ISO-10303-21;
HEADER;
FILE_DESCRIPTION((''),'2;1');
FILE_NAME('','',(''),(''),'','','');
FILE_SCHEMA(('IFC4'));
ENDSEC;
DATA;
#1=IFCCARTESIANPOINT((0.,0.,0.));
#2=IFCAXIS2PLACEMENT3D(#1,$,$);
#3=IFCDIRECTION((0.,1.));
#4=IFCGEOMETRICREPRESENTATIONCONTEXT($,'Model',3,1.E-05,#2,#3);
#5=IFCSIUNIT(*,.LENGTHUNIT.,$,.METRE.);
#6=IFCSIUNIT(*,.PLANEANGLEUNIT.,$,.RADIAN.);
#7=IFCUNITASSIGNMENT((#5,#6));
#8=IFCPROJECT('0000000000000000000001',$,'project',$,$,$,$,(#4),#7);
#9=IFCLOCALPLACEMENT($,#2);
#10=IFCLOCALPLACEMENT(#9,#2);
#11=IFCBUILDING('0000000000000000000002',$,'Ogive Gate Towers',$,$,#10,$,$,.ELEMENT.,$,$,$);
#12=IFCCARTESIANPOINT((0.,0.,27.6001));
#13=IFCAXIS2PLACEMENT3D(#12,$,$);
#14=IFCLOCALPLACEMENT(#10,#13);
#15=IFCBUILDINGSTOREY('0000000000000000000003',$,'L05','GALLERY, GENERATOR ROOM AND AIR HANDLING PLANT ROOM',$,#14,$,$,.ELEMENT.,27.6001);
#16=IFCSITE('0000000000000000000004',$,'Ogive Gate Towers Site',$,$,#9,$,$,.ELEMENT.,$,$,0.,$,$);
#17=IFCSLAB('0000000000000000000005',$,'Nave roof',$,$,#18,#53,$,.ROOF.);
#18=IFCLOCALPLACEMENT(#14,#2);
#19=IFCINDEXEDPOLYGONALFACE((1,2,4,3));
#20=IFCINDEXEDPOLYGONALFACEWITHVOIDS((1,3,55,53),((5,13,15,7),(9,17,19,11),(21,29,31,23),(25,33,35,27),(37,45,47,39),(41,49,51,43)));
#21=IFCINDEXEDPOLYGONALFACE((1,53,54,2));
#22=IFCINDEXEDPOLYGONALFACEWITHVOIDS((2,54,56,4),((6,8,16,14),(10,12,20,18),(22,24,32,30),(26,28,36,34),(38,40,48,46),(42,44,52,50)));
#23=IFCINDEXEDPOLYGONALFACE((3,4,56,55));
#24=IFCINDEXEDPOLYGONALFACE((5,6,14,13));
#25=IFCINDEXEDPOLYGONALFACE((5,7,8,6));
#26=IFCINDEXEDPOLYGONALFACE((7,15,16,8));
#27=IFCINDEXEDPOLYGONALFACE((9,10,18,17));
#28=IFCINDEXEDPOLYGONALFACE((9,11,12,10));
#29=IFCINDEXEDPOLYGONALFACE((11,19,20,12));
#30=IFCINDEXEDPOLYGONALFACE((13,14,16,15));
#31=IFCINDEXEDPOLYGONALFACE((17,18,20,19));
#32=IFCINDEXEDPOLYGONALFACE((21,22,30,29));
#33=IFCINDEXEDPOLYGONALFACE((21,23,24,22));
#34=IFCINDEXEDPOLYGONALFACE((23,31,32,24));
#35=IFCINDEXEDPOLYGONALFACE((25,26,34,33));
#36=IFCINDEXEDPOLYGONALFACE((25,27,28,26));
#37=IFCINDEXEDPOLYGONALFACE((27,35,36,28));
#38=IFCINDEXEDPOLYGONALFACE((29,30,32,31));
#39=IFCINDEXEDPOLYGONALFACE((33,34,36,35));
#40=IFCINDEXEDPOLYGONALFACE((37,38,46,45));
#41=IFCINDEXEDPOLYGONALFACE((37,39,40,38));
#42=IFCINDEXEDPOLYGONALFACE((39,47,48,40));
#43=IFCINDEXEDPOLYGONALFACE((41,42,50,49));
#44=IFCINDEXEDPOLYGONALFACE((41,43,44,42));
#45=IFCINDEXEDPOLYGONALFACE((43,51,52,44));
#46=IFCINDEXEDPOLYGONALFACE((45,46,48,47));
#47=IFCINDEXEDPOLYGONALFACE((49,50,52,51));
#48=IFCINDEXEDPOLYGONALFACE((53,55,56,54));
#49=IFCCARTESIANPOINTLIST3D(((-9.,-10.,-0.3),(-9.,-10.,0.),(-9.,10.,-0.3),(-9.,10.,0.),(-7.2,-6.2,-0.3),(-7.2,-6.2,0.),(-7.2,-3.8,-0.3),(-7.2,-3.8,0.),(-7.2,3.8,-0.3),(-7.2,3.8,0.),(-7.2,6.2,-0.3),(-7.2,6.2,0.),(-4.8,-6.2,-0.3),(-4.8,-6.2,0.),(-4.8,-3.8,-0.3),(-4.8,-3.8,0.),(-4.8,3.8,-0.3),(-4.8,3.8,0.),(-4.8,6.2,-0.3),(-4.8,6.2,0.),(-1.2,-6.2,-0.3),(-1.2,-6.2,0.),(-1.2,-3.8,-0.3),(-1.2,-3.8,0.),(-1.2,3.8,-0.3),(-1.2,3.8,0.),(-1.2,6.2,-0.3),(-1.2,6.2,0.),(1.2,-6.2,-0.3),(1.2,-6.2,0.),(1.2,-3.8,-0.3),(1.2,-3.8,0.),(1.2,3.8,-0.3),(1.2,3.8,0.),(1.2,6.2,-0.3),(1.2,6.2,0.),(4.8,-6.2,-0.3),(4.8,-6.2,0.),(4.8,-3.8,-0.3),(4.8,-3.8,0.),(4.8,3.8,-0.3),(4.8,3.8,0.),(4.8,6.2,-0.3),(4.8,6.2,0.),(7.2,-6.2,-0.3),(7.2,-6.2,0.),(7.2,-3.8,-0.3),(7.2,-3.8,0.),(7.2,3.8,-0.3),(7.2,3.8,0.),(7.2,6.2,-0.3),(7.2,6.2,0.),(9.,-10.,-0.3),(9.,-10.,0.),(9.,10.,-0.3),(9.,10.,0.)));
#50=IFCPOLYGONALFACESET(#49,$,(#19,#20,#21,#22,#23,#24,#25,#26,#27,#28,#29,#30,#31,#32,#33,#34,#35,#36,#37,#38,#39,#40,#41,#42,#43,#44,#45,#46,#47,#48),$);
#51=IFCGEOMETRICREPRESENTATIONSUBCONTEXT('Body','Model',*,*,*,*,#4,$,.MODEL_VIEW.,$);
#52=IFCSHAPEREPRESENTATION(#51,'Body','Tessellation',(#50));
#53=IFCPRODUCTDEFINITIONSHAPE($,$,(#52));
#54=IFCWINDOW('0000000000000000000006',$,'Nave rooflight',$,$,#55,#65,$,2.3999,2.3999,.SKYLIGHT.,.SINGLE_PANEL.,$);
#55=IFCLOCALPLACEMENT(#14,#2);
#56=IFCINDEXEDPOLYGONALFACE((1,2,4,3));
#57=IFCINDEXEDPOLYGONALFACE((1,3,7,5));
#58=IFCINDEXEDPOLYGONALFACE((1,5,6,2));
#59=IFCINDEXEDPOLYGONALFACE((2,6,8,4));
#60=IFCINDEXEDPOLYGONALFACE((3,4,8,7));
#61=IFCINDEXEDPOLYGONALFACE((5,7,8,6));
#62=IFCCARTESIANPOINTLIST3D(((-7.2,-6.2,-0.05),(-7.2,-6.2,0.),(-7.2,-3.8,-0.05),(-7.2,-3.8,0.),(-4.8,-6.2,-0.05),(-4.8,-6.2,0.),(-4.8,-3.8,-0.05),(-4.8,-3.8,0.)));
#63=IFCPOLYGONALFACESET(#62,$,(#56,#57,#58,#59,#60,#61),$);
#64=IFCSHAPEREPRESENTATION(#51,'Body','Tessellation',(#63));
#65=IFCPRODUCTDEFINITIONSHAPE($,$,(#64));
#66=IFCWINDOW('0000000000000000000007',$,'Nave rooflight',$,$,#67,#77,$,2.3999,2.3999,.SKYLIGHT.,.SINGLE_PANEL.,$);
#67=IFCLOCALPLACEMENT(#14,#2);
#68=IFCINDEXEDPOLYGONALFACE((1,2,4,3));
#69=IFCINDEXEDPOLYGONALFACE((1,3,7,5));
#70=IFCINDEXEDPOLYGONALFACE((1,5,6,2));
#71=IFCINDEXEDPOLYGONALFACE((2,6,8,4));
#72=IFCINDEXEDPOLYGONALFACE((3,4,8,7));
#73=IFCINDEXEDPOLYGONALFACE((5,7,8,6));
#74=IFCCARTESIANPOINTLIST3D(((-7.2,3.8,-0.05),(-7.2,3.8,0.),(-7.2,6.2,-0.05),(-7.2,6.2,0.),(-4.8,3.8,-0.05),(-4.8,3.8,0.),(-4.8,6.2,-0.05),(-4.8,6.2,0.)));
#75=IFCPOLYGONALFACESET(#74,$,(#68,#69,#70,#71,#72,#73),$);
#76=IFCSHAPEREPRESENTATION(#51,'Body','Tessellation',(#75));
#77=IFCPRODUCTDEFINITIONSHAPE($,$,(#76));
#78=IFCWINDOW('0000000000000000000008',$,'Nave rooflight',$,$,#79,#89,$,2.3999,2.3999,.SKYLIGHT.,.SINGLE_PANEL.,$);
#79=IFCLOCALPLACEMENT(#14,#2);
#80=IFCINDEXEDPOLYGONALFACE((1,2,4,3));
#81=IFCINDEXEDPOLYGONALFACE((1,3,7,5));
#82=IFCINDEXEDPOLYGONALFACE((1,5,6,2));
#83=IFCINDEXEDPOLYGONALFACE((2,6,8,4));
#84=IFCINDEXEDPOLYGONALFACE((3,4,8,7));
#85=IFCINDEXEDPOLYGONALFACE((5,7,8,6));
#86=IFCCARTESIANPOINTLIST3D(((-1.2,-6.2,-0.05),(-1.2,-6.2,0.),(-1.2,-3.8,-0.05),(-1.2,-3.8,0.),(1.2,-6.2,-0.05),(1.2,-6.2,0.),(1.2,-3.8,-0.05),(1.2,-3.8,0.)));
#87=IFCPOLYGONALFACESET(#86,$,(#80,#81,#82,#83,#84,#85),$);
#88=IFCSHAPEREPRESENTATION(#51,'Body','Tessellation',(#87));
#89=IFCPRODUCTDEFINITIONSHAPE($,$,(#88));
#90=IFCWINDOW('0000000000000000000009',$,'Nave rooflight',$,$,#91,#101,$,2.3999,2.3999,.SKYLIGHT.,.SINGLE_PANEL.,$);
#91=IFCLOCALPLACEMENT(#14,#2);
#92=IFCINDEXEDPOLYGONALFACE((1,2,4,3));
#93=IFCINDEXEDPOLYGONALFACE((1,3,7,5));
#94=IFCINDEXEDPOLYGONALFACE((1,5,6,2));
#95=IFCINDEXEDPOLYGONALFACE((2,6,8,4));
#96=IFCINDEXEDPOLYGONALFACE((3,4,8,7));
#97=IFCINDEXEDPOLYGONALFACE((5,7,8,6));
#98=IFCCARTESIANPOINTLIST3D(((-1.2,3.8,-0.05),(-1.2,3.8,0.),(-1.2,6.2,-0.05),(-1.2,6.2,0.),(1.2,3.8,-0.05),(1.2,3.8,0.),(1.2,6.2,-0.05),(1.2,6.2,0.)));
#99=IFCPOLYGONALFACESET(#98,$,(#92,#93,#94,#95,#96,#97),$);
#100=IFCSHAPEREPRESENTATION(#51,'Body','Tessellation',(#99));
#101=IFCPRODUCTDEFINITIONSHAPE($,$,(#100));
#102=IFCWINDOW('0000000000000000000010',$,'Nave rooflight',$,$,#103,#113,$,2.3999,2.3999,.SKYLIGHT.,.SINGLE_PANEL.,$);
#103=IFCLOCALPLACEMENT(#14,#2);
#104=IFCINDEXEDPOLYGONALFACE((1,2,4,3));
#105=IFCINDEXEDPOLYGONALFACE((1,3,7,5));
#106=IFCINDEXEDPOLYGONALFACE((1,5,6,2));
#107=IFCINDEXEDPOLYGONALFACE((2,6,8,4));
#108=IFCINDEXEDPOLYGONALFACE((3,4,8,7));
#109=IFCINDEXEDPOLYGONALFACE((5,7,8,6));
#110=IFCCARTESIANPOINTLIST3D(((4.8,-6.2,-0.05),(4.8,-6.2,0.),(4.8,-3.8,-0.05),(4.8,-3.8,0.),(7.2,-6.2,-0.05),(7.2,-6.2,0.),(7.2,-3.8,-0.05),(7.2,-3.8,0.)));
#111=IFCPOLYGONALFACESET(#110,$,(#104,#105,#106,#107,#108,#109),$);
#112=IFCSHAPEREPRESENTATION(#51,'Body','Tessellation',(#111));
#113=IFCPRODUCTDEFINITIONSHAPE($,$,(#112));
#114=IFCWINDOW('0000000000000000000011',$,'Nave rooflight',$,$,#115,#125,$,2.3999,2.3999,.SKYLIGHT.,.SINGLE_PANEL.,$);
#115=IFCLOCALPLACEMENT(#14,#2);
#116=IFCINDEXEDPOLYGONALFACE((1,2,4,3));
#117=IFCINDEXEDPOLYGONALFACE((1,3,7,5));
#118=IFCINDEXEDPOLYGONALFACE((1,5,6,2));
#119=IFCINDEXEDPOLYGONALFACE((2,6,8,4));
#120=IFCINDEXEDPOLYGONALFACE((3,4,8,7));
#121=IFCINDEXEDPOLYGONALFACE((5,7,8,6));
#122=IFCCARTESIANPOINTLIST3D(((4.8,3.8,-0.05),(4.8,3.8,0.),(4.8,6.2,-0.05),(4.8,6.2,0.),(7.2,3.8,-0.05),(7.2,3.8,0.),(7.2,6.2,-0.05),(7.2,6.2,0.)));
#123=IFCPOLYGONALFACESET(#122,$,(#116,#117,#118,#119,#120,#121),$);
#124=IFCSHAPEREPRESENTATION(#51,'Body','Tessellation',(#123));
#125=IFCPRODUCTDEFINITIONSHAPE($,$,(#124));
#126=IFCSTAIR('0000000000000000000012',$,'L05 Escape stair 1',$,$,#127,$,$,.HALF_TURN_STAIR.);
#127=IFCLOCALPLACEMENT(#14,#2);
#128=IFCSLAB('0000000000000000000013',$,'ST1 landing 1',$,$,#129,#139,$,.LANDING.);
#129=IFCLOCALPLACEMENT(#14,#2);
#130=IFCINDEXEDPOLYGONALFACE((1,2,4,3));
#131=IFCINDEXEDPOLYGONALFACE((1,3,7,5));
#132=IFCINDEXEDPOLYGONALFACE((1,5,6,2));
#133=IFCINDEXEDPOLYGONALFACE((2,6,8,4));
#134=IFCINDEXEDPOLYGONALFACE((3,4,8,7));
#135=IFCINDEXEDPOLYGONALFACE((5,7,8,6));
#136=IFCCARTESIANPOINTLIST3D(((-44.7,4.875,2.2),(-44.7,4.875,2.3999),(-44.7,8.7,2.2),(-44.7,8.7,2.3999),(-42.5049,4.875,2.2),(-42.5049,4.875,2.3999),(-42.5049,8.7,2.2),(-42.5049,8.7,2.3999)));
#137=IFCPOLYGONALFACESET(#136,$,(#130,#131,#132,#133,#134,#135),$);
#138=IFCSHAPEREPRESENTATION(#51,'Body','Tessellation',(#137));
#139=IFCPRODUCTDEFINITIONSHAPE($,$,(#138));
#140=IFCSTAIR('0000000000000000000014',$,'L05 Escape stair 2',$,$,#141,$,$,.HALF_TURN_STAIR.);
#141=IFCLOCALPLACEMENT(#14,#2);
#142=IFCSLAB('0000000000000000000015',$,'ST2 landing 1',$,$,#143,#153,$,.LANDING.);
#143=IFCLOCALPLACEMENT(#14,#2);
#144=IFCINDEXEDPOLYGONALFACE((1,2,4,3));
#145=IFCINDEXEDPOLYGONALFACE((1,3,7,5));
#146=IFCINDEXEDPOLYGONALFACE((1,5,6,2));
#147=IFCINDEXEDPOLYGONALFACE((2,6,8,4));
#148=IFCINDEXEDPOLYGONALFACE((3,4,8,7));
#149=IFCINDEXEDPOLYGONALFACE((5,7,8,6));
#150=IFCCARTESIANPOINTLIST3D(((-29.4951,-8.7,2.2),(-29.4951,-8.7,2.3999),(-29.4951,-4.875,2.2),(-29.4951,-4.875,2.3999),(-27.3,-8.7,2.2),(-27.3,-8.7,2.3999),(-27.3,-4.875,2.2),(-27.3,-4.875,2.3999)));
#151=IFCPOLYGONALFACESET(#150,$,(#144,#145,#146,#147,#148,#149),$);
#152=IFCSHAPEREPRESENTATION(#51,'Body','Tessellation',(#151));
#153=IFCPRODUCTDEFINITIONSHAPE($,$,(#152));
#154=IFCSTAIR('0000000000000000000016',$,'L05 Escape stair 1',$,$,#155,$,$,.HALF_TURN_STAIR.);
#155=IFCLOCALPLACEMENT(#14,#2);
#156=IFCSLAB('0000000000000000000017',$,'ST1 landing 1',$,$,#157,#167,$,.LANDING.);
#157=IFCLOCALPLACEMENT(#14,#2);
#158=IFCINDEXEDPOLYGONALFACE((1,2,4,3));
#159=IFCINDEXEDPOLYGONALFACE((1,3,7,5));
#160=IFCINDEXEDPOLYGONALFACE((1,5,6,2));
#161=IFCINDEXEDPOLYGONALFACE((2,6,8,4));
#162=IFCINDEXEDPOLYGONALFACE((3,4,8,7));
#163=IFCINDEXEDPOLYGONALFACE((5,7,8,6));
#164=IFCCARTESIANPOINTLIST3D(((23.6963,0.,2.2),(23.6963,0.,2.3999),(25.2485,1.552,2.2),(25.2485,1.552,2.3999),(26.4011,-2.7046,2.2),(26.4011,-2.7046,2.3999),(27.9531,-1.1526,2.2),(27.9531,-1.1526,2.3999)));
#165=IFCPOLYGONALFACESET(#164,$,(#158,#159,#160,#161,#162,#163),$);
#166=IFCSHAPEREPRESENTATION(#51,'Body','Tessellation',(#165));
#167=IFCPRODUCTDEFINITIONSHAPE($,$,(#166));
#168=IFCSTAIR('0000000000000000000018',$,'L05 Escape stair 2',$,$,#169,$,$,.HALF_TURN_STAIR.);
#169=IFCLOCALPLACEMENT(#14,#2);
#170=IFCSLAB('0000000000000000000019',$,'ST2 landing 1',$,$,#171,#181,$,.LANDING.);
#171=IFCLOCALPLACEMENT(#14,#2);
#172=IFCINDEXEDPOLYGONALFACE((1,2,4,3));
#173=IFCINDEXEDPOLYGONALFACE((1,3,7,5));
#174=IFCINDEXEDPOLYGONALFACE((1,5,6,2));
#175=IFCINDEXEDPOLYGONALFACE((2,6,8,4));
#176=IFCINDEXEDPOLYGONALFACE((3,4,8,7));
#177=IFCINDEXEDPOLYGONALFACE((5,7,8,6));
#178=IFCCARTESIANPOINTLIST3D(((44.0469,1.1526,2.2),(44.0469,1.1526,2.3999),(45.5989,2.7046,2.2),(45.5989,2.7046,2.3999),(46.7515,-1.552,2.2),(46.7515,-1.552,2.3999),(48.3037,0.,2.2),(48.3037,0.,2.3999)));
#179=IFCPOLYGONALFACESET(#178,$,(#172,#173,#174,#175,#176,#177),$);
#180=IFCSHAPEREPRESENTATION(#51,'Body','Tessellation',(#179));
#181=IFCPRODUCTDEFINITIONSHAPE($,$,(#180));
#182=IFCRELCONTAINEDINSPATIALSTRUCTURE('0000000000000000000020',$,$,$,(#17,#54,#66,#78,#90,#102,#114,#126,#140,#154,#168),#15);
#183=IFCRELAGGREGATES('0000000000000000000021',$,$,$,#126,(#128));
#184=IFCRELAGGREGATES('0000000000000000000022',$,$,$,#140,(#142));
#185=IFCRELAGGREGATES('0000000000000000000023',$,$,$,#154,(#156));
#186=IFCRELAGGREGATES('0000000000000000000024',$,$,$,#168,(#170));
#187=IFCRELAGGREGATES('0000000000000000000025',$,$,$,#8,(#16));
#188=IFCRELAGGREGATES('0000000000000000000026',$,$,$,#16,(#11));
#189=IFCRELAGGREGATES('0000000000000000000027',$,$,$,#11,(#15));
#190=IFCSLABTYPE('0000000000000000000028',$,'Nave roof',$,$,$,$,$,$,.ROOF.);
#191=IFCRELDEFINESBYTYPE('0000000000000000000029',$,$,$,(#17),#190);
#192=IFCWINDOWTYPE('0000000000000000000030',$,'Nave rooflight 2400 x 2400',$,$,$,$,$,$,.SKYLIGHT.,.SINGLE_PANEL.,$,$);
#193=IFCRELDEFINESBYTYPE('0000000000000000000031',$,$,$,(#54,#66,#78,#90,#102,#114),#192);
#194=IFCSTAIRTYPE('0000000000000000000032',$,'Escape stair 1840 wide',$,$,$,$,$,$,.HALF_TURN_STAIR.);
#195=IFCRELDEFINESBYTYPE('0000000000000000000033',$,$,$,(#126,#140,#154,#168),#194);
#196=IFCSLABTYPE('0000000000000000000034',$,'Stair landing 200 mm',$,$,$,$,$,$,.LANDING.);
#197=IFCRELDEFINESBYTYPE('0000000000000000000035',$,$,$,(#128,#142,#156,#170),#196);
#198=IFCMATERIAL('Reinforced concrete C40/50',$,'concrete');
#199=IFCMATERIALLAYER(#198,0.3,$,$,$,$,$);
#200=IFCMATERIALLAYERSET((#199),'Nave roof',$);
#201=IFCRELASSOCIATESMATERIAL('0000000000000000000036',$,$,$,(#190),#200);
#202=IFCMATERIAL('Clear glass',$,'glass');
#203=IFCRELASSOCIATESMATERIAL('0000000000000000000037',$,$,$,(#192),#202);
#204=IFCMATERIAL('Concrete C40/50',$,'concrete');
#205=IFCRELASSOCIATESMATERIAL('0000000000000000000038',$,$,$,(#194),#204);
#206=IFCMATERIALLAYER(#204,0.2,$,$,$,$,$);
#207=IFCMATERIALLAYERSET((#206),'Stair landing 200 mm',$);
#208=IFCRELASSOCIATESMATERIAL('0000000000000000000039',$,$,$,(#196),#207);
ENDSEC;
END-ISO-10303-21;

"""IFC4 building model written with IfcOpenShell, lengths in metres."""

from ifc_helpers import new_model, si_unit, direction, frame, origin, origin_2d, place, context, subcontext, project, spatial, polyline, rectangle, outline, extrude, material, layer, layer_set, type_object, element, fill, aggregate, save


model = new_model("IFC4")

# Units and contexts
model_context = context("Model", 3, precision=1e-05, world=origin(), true_north=direction((0.0, 1.0)))
body_context = subcontext(model_context, "Body", "Model", "MODEL_VIEW")
ifc_project = project(units=[si_unit("LENGTHUNIT", "METRE"), si_unit("PLANEANGLEUNIT", "RADIAN")], contexts=[model_context])

# Site, building, storey
site_placement = place(None, origin())
site = spatial("IfcSite", under=ifc_project, at=site_placement, Name="Ogive Gate Towers Site", CompositionType="ELEMENT", RefElevation=0.0)
building_placement = place(site_placement, origin())
building = spatial("IfcBuilding", under=site, at=building_placement, Name="Ogive Gate Towers", CompositionType="ELEMENT")
storey_placement = place(building_placement, frame((0.0, 0.0, 27.6001)))
storey = spatial("IfcBuildingStorey", under=building, at=storey_placement, Name="L05", Description="GALLERY, GENERATOR ROOM AND AIR HANDLING PLANT ROOM", CompositionType="ELEMENT", Elevation=27.6001)

# Shared definitions
ifc_material_1 = material(Name="Concrete C40/50", Category="concrete")

# Slab, openings, windows
ifc_material_2 = material(Name="Reinforced concrete C40/50", Category="concrete")
ifc_layer_1 = layer(ifc_material_2, 0.3)
ifc_layer_set_1 = layer_set([ifc_layer_1], Name="Nave roof")
slab_type_1 = type_object("IfcSlabType", Name="Nave roof", PredefinedType="ROOF", material=ifc_layer_set_1)
slab_1_placement = place(storey_placement, frame((0.0, 0.0, -0.3)))
slab_1 = element("IfcSlab", 1, at=slab_1_placement, inside=storey, type_object=slab_type_1, Name="Nave roof", PredefinedType="ROOF", context=body_context, shape_type="SweptSolid", body=[
    extrude(outline(polyline([(-9.0, -10.0), (9.0, -10.0), (9.0, 10.0), (-9.0, 10.0), (-9.0, -10.0)])), origin(), (0.0, 0.0, 1.0), 0.3),
])
opening_1_placement = place(slab_1_placement, frame((-6.0, -5.0, -0.01)))
opening_1 = element("IfcOpeningElement", 2, at=opening_1_placement, cuts=slab_1, PredefinedType="OPENING", context=body_context, shape_type="SweptSolid", body=[
    extrude(rectangle(XDim=2.3999, YDim=2.3999, at=origin_2d()), origin(), (0.0, 0.0, 1.0), 0.3201),
])
opening_2_placement = place(slab_1_placement, frame((-6.0, 5.0, -0.01)))
opening_2 = element("IfcOpeningElement", 3, at=opening_2_placement, cuts=slab_1, PredefinedType="OPENING", context=body_context, shape_type="SweptSolid", body=[
    extrude(rectangle(XDim=2.3999, YDim=2.3999, at=origin_2d()), origin(), (0.0, 0.0, 1.0), 0.3201),
])
opening_3_placement = place(slab_1_placement, frame((0.0, -5.0, -0.01)))
opening_3 = element("IfcOpeningElement", 4, at=opening_3_placement, cuts=slab_1, PredefinedType="OPENING", context=body_context, shape_type="SweptSolid", body=[
    extrude(rectangle(XDim=2.3999, YDim=2.3999, at=origin_2d()), origin(), (0.0, 0.0, 1.0), 0.3201),
])
opening_4_placement = place(slab_1_placement, frame((0.0, 5.0, -0.01)))
opening_4 = element("IfcOpeningElement", 5, at=opening_4_placement, cuts=slab_1, PredefinedType="OPENING", context=body_context, shape_type="SweptSolid", body=[
    extrude(rectangle(XDim=2.3999, YDim=2.3999, at=origin_2d()), origin(), (0.0, 0.0, 1.0), 0.3201),
])
opening_5_placement = place(slab_1_placement, frame((6.0, -5.0, -0.01)))
opening_5 = element("IfcOpeningElement", 6, at=opening_5_placement, cuts=slab_1, PredefinedType="OPENING", context=body_context, shape_type="SweptSolid", body=[
    extrude(rectangle(XDim=2.3999, YDim=2.3999, at=origin_2d()), origin(), (0.0, 0.0, 1.0), 0.3201),
])
opening_6_placement = place(slab_1_placement, frame((6.0, 5.0, -0.01)))
opening_6 = element("IfcOpeningElement", 7, at=opening_6_placement, cuts=slab_1, PredefinedType="OPENING", context=body_context, shape_type="SweptSolid", body=[
    extrude(rectangle(XDim=2.3999, YDim=2.3999, at=origin_2d()), origin(), (0.0, 0.0, 1.0), 0.3201),
])
ifc_material_3 = material(Name="Clear glass", Category="glass")
window_type = type_object("IfcWindowType", Name="Nave rooflight 2400 x 2400", PartitioningType="SINGLE_PANEL", PredefinedType="SKYLIGHT", material=ifc_material_3)
window_1_placement = place(opening_1_placement, frame((0.0, 0.0, 0.26)))
window_1 = element("IfcWindow", 8, at=window_1_placement, inside=storey, type_object=window_type, Name="Nave rooflight", OverallHeight=2.3999, OverallWidth=2.3999, PartitioningType="SINGLE_PANEL", PredefinedType="SKYLIGHT", context=body_context, shape_type="SweptSolid", body=[
    extrude(rectangle(XDim=2.3999, YDim=2.3999, at=origin_2d()), origin(), (0.0, 0.0, 1.0), 0.05),
])
fill(opening_1, window_1)
window_2_placement = place(opening_2_placement, frame((0.0, 0.0, 0.26)))
window_2 = element("IfcWindow", 9, at=window_2_placement, inside=storey, type_object=window_type, Name="Nave rooflight", OverallHeight=2.3999, OverallWidth=2.3999, PartitioningType="SINGLE_PANEL", PredefinedType="SKYLIGHT", context=body_context, shape_type="SweptSolid", body=[
    extrude(rectangle(XDim=2.3999, YDim=2.3999, at=origin_2d()), origin(), (0.0, 0.0, 1.0), 0.05),
])
fill(opening_2, window_2)
window_3_placement = place(opening_3_placement, frame((0.0, 0.0, 0.26)))
window_3 = element("IfcWindow", 10, at=window_3_placement, inside=storey, type_object=window_type, Name="Nave rooflight", OverallHeight=2.3999, OverallWidth=2.3999, PartitioningType="SINGLE_PANEL", PredefinedType="SKYLIGHT", context=body_context, shape_type="SweptSolid", body=[
    extrude(rectangle(XDim=2.3999, YDim=2.3999, at=origin_2d()), origin(), (0.0, 0.0, 1.0), 0.05),
])
fill(opening_3, window_3)
window_4_placement = place(opening_4_placement, frame((0.0, 0.0, 0.26)))
window_4 = element("IfcWindow", 11, at=window_4_placement, inside=storey, type_object=window_type, Name="Nave rooflight", OverallHeight=2.3999, OverallWidth=2.3999, PartitioningType="SINGLE_PANEL", PredefinedType="SKYLIGHT", context=body_context, shape_type="SweptSolid", body=[
    extrude(rectangle(XDim=2.3999, YDim=2.3999, at=origin_2d()), origin(), (0.0, 0.0, 1.0), 0.05),
])
fill(opening_4, window_4)
window_5_placement = place(opening_5_placement, frame((0.0, 0.0, 0.26)))
window_5 = element("IfcWindow", 12, at=window_5_placement, inside=storey, type_object=window_type, Name="Nave rooflight", OverallHeight=2.3999, OverallWidth=2.3999, PartitioningType="SINGLE_PANEL", PredefinedType="SKYLIGHT", context=body_context, shape_type="SweptSolid", body=[
    extrude(rectangle(XDim=2.3999, YDim=2.3999, at=origin_2d()), origin(), (0.0, 0.0, 1.0), 0.05),
])
fill(opening_5, window_5)
window_6_placement = place(opening_6_placement, frame((0.0, 0.0, 0.26)))
window_6 = element("IfcWindow", 13, at=window_6_placement, inside=storey, type_object=window_type, Name="Nave rooflight", OverallHeight=2.3999, OverallWidth=2.3999, PartitioningType="SINGLE_PANEL", PredefinedType="SKYLIGHT", context=body_context, shape_type="SweptSolid", body=[
    extrude(rectangle(XDim=2.3999, YDim=2.3999, at=origin_2d()), origin(), (0.0, 0.0, 1.0), 0.05),
])
fill(opening_6, window_6)

# Stairs, slabs
stair_type = type_object("IfcStairType", Name="Escape stair 1840 wide", PredefinedType="HALF_TURN_STAIR", material=ifc_material_1)
stair_1_placement = place(storey_placement, origin())
stair_1 = element("IfcStair", 14, at=stair_1_placement, inside=storey, type_object=stair_type, Name="L05 Escape stair 1", PredefinedType="HALF_TURN_STAIR")
ifc_layer_2 = layer(ifc_material_1, 0.2)
ifc_layer_set_2 = layer_set([ifc_layer_2], Name="Stair landing 200 mm")
slab_type_2 = type_object("IfcSlabType", Name="Stair landing 200 mm", PredefinedType="LANDING", material=ifc_layer_set_2)
slab_2_placement = place(storey_placement, frame((0.0, 0.0, 2.2)))
slab_2 = element("IfcSlab", 15, at=slab_2_placement, type_object=slab_type_2, Name="ST1 landing 1", PredefinedType="LANDING", context=body_context, shape_type="SweptSolid", body=[
    extrude(outline(polyline([(-42.5049, 8.7), (-44.7, 8.7), (-44.7, 4.875), (-42.5049, 4.875), (-42.5049, 8.7)])), origin(), (0.0, 0.0, 1.0), 0.2),
])
aggregate(stair_1, [slab_2])
stair_2_placement = place(storey_placement, origin())
stair_2 = element("IfcStair", 16, at=stair_2_placement, inside=storey, type_object=stair_type, Name="L05 Escape stair 2", PredefinedType="HALF_TURN_STAIR")
slab_3_placement = place(storey_placement, frame((0.0, 0.0, 2.2)))
slab_3 = element("IfcSlab", 17, at=slab_3_placement, type_object=slab_type_2, Name="ST2 landing 1", PredefinedType="LANDING", context=body_context, shape_type="SweptSolid", body=[
    extrude(outline(polyline([(-29.4951, -8.7), (-27.3, -8.7), (-27.3, -4.875), (-29.4951, -4.875), (-29.4951, -8.7)])), origin(), (0.0, 0.0, 1.0), 0.2),
])
aggregate(stair_2, [slab_3])
stair_3_placement = place(storey_placement, origin())
stair_3 = element("IfcStair", 18, at=stair_3_placement, inside=storey, type_object=stair_type, Name="L05 Escape stair 1", PredefinedType="HALF_TURN_STAIR")
slab_4_placement = place(storey_placement, frame((0.0, 0.0, 2.2)))
slab_4 = element("IfcSlab", 19, at=slab_4_placement, type_object=slab_type_2, Name="ST1 landing 1", PredefinedType="LANDING", context=body_context, shape_type="SweptSolid", body=[
    extrude(outline(polyline([(25.2485, 1.552), (23.6963, 0.0), (26.4011, -2.7046), (27.9531, -1.1526), (25.2485, 1.552)])), origin(), (0.0, 0.0, 1.0), 0.2),
])
aggregate(stair_3, [slab_4])
stair_4_placement = place(storey_placement, origin())
stair_4 = element("IfcStair", 20, at=stair_4_placement, inside=storey, type_object=stair_type, Name="L05 Escape stair 2", PredefinedType="HALF_TURN_STAIR")
slab_5_placement = place(storey_placement, frame((0.0, 0.0, 2.2)))
slab_5 = element("IfcSlab", 21, at=slab_5_placement, type_object=slab_type_2, Name="ST2 landing 1", PredefinedType="LANDING", context=body_context, shape_type="SweptSolid", body=[
    extrude(outline(polyline([(46.7515, -1.552), (48.3037, 0.0), (45.5989, 2.7046), (44.0469, 1.1526), (46.7515, -1.552)])), origin(), (0.0, 0.0, 1.0), 0.2),
])
aggregate(stair_4, [slab_5])

save(model, "model.ifc")
